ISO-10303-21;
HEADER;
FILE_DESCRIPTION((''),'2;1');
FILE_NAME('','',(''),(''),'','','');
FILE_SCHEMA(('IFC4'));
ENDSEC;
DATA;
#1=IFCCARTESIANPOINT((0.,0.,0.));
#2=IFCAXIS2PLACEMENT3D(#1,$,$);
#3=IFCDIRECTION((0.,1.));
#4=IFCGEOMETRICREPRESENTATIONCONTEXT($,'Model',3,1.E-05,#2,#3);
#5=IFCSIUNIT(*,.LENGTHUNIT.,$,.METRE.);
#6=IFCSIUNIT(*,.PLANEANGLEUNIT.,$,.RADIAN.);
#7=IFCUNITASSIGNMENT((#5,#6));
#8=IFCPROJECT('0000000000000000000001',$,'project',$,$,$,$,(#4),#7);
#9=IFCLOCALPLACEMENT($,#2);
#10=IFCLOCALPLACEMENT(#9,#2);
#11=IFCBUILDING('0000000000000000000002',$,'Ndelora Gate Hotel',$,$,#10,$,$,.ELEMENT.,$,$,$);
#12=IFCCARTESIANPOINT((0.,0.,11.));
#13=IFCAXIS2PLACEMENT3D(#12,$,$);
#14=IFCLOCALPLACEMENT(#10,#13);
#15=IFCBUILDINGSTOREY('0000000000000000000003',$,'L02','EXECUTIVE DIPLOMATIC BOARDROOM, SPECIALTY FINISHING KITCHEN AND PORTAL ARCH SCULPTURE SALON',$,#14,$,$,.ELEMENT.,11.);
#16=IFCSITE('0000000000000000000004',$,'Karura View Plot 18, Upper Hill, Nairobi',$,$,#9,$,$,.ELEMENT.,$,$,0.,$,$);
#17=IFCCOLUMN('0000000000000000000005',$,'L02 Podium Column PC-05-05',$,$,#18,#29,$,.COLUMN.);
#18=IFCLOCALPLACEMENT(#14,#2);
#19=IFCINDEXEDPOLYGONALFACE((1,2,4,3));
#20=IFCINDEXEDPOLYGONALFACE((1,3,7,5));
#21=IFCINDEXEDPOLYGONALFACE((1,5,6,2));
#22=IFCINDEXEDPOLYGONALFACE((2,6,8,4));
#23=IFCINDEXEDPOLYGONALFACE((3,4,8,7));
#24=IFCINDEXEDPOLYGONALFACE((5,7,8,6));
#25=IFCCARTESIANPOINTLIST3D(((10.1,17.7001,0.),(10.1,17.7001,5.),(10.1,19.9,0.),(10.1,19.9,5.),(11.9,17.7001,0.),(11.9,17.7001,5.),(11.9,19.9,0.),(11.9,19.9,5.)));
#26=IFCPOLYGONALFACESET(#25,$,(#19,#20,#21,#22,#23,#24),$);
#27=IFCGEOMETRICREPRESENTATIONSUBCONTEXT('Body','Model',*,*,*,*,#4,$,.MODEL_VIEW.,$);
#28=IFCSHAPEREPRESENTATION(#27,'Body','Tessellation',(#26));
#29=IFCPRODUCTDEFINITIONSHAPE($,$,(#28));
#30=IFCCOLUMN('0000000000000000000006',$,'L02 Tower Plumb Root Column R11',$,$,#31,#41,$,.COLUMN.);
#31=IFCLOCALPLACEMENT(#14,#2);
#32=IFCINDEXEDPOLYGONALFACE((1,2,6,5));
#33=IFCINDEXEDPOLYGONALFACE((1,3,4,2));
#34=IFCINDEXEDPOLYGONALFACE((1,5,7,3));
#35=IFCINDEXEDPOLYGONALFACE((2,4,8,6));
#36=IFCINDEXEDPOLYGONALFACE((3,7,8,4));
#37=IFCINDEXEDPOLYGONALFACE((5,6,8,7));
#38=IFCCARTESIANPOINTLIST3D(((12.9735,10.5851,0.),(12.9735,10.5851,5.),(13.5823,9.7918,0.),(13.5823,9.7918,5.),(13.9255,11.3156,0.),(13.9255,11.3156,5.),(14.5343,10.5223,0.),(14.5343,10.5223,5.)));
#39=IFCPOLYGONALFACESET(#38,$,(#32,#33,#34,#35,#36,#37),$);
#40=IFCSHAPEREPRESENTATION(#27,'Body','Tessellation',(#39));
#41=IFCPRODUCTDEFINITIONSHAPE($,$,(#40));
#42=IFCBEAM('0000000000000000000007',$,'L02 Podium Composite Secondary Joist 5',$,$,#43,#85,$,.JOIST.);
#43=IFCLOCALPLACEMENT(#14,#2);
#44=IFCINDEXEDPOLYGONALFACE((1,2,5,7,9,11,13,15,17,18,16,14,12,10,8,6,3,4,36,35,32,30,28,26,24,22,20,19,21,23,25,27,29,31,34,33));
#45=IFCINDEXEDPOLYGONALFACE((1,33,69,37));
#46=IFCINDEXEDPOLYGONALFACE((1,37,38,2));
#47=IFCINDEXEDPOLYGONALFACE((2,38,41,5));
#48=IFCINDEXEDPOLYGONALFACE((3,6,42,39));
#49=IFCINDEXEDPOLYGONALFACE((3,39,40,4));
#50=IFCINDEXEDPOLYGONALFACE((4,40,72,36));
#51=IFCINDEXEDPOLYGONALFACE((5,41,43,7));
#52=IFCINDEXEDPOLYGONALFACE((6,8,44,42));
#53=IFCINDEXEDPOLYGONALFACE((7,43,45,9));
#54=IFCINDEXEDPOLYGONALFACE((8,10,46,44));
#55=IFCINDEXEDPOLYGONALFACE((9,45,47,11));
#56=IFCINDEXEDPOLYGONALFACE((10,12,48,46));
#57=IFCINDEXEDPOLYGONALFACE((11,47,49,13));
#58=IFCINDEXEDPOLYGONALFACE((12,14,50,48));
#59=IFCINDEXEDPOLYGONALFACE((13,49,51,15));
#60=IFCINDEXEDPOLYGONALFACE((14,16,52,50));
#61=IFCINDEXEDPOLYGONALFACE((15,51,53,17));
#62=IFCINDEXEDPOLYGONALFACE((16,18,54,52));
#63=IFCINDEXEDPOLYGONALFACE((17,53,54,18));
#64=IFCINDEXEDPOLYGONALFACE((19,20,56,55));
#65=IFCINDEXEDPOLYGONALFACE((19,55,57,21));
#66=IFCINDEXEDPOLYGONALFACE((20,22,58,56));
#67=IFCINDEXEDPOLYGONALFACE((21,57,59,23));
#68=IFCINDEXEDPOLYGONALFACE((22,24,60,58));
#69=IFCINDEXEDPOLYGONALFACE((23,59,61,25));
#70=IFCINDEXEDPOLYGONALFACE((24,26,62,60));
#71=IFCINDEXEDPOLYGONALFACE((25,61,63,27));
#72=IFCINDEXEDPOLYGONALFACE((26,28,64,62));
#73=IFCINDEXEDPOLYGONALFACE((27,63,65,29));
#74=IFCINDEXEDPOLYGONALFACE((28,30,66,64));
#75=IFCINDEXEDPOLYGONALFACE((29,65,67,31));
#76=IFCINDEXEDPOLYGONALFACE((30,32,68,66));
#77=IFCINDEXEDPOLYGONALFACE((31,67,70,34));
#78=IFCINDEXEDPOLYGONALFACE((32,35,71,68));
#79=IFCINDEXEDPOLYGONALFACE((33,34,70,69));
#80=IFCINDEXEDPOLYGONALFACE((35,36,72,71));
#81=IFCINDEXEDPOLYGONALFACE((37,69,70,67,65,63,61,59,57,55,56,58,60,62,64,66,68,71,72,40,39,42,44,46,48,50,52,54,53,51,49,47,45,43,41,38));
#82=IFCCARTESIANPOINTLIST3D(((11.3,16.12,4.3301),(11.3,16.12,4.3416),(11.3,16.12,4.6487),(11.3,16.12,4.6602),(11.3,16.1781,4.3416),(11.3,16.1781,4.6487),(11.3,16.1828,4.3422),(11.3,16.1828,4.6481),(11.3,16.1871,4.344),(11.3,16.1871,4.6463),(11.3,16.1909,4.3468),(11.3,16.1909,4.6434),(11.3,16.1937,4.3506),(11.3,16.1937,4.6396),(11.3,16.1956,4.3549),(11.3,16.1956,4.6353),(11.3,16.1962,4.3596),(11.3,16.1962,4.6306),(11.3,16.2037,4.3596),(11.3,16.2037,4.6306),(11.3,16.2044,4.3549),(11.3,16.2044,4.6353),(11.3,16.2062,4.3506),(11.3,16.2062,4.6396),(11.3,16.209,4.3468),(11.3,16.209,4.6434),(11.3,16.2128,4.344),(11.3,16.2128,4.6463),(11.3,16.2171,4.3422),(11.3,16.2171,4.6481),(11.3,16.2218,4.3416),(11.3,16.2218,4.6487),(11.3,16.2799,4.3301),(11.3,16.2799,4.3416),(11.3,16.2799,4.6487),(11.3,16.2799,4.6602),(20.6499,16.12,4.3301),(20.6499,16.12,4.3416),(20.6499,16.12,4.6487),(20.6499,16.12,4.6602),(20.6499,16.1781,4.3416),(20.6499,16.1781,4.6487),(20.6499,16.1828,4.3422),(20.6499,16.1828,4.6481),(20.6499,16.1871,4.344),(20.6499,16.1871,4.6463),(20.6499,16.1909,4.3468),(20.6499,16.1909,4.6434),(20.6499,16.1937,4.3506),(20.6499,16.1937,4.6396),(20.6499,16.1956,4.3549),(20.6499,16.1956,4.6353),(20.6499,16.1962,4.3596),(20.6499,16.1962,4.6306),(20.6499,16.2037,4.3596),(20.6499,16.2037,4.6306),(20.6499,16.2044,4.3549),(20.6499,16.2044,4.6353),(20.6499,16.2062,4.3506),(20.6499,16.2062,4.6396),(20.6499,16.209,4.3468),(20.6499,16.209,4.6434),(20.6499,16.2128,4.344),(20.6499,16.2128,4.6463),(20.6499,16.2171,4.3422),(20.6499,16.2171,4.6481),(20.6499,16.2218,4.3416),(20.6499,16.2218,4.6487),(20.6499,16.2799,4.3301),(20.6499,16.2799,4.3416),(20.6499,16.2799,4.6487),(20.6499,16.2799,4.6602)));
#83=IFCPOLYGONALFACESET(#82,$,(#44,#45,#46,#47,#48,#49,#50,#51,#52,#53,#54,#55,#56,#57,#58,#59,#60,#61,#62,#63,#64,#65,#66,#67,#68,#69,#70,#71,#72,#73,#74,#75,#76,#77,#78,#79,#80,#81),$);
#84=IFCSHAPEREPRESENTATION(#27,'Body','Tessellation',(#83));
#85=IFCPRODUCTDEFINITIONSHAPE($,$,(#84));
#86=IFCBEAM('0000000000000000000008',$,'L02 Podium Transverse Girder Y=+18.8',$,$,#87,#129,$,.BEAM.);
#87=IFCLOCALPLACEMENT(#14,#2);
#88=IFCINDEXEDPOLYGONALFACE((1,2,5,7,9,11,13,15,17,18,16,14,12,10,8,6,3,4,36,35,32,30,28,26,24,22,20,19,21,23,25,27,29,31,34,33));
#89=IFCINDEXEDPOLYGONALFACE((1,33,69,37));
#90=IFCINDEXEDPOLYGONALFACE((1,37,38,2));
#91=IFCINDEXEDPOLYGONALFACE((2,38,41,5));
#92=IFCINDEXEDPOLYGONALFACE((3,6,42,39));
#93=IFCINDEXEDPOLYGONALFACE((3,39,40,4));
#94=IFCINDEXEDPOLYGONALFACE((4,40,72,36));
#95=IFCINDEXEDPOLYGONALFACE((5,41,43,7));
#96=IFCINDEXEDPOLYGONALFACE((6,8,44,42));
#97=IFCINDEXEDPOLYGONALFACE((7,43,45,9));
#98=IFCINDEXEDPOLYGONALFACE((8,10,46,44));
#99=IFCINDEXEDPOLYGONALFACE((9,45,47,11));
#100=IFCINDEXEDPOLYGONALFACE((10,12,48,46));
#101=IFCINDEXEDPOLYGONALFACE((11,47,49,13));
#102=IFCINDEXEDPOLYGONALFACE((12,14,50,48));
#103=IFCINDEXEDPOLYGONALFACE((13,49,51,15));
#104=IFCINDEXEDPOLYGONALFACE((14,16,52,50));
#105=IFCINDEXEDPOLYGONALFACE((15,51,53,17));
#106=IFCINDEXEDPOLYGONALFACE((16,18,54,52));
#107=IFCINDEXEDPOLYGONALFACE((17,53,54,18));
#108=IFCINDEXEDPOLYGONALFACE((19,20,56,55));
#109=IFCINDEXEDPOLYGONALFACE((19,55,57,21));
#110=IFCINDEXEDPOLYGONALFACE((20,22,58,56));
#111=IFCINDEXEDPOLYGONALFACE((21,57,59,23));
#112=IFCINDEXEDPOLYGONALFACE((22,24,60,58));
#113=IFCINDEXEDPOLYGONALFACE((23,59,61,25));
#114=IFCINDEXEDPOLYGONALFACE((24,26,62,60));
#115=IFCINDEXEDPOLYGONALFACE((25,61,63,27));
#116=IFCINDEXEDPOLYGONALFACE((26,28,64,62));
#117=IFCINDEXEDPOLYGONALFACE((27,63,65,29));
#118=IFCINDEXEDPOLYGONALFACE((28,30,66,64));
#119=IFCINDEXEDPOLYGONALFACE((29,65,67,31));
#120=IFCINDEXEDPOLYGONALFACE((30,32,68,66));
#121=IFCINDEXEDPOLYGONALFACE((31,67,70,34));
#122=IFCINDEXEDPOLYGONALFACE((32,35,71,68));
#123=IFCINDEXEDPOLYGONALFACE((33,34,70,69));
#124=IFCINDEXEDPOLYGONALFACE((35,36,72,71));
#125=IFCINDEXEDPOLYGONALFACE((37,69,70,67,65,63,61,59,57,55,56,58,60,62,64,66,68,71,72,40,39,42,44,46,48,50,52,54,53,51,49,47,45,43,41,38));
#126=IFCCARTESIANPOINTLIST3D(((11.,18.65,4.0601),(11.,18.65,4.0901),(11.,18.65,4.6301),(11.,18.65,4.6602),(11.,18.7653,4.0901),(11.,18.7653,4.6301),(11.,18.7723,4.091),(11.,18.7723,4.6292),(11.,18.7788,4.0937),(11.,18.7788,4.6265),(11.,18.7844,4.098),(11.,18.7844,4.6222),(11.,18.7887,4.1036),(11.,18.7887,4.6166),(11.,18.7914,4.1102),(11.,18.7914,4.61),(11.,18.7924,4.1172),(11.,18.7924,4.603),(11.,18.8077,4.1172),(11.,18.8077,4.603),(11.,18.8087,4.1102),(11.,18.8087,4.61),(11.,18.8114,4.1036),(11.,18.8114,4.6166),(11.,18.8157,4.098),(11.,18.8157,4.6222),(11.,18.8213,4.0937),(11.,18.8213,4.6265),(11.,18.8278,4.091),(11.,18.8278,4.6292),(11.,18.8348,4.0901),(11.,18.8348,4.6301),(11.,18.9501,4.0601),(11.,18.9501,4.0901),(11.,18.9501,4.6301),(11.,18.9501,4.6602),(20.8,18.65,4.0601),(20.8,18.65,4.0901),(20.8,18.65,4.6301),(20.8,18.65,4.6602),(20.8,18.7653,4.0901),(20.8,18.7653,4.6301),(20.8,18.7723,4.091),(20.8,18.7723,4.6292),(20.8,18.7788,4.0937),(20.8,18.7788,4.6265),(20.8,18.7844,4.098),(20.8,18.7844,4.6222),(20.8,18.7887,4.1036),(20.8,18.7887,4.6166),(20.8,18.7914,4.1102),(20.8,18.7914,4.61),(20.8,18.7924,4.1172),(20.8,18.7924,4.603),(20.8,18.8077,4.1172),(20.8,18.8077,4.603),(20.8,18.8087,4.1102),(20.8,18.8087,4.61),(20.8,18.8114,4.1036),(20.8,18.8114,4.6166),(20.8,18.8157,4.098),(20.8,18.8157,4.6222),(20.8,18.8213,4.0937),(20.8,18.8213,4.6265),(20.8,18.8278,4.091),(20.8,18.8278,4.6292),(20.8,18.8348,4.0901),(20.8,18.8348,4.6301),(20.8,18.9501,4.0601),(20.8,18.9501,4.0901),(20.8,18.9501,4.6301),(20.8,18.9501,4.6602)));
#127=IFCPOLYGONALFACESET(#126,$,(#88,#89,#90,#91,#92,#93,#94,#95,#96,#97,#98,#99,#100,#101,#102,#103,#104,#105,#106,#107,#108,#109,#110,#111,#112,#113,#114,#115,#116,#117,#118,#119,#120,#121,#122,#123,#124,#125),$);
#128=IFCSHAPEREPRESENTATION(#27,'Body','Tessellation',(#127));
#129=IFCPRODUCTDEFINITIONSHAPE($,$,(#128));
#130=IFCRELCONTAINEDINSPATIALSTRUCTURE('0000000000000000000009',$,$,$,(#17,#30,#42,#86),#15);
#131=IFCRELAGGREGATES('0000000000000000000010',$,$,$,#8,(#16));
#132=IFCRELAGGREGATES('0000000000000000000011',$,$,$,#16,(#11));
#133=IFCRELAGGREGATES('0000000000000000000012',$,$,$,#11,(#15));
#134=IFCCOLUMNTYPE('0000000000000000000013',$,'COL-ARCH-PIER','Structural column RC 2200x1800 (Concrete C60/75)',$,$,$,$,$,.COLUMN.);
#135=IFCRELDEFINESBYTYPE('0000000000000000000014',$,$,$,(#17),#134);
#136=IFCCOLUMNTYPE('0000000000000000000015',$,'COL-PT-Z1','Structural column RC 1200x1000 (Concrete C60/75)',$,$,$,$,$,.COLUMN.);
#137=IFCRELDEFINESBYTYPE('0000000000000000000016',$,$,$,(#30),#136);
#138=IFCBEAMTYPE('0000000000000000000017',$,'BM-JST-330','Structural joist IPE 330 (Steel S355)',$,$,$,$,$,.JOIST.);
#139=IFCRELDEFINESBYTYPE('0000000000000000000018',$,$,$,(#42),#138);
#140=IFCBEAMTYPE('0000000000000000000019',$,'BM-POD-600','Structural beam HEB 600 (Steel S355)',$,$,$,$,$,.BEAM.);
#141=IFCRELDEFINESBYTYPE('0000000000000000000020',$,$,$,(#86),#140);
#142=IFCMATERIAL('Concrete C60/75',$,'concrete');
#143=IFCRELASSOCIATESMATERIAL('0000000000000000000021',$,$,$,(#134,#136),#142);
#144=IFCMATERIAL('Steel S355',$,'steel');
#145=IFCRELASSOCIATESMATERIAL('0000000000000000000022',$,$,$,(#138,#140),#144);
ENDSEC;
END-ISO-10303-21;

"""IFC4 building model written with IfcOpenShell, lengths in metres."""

from ifc_helpers import new_model, si_unit, direction, frame, origin, origin_2d, place, context, subcontext, project, spatial, rectangle, i_section, extrude, material, material_profile, profile_set, type_object, element, save


model = new_model("IFC4")

# Units and contexts
model_context = context("Model", 3, precision=1e-05, world=origin(), true_north=direction((0.0, 1.0)))
body_context = subcontext(model_context, "Body", "Model", "MODEL_VIEW")
ifc_project = project(units=[si_unit("LENGTHUNIT", "METRE"), si_unit("PLANEANGLEUNIT", "RADIAN")], contexts=[model_context])

# Site, building, storey
site_placement = place(None, origin())
site = spatial("IfcSite", under=ifc_project, at=site_placement, Name="Karura View Plot 18, Upper Hill, Nairobi", CompositionType="ELEMENT", RefElevation=0.0)
building_placement = place(site_placement, origin())
building = spatial("IfcBuilding", under=site, at=building_placement, Name="Ndelora Gate Hotel", CompositionType="ELEMENT")
storey_placement = place(building_placement, frame((0.0, 0.0, 11.0)))
storey = spatial("IfcBuildingStorey", under=building, at=storey_placement, Name="L02", Description="EXECUTIVE DIPLOMATIC BOARDROOM, SPECIALTY FINISHING KITCHEN AND PORTAL ARCH SCULPTURE SALON", CompositionType="ELEMENT", Elevation=11.0)

# Columns
ifc_material_1 = material(Name="Concrete C60/75", Category="concrete")
ifc_material_profile_1 = material_profile(ifc_material_1, rectangle(XDim=1.8, YDim=2.2, at=origin_2d()), Name="RC 2200x1800")
ifc_profile_set_1 = profile_set([ifc_material_profile_1], Name="Concrete C60/75")
column_type_1 = type_object("IfcColumnType", Name="COL-ARCH-PIER", Description="Structural column RC 2200x1800 (Concrete C60/75)", PredefinedType="COLUMN", material=ifc_profile_set_1)
column_1_placement = place(storey_placement, frame((11.0, 18.8, 0.0), z_axis=(0.0, 0.0, 1.0), x_axis=(1.0, 0.0, 0.0)))
element("IfcColumn", 1, at=column_1_placement, inside=storey, type_object=column_type_1, Name="L02 Podium Column PC-05-05", PredefinedType="COLUMN", context=body_context, shape_type="SweptSolid", body=[
    extrude(rectangle(XDim=1.8, YDim=2.2, at=origin_2d()), origin(), (0.0, 0.0, 1.0), 5.0),
])
ifc_material_profile_2 = material_profile(ifc_material_1, rectangle(XDim=1.0, YDim=1.2, at=origin_2d()), Name="RC 1200x1000")
ifc_profile_set_2 = profile_set([ifc_material_profile_2], Name="Concrete C60/75")
column_type_2 = type_object("IfcColumnType", Name="COL-PT-Z1", Description="Structural column RC 1200x1000 (Concrete C60/75)", PredefinedType="COLUMN", material=ifc_profile_set_2)
column_2_placement = place(storey_placement, frame((13.7539, 10.5537, 0.0), z_axis=(0.0, 0.0, 1.0), x_axis=(-0.608761, 0.793353, 0.0)))
element("IfcColumn", 2, at=column_2_placement, inside=storey, type_object=column_type_2, Name="L02 Tower Plumb Root Column R11", PredefinedType="COLUMN", context=body_context, shape_type="SweptSolid", body=[
    extrude(rectangle(XDim=1.0, YDim=1.2, at=origin_2d()), origin(), (0.0, 0.0, 1.0), 5.0),
])

# Beams
ifc_material_2 = material(Name="Steel S355", Category="steel")
ifc_material_profile_3 = material_profile(ifc_material_2, i_section(OverallWidth=0.1599, OverallDepth=0.3301, WebThickness=0.0076, FlangeThickness=0.0115, FilletRadius=0.0181, at=origin_2d()), Name="IPE 330")
ifc_profile_set_3 = profile_set([ifc_material_profile_3], Name="Steel S355")
beam_type_1 = type_object("IfcBeamType", Name="BM-JST-330", Description="Structural joist IPE 330 (Steel S355)", PredefinedType="JOIST", material=ifc_profile_set_3)
beam_1_placement = place(storey_placement, frame((11.3, 16.2, 4.4951), z_axis=(1.0, 0.0, 0.0), x_axis=(0.0, 1.0, 0.0)))
element("IfcBeam", 3, at=beam_1_placement, inside=storey, type_object=beam_type_1, Name="L02 Podium Composite Secondary Joist 5", PredefinedType="JOIST", context=body_context, shape_type="SweptSolid", body=[
    extrude(i_section(OverallWidth=0.1599, OverallDepth=0.3301, WebThickness=0.0076, FlangeThickness=0.0115, FilletRadius=0.0181, at=origin_2d()), origin(), (0.0, 0.0, 1.0), 9.3499),
])
ifc_material_profile_4 = material_profile(ifc_material_2, i_section(OverallWidth=0.3, OverallDepth=0.6001, WebThickness=0.0154, FlangeThickness=0.03, FilletRadius=0.0271, at=origin_2d()), Name="HEB 600")
ifc_profile_set_4 = profile_set([ifc_material_profile_4], Name="Steel S355")
beam_type_2 = type_object("IfcBeamType", Name="BM-POD-600", Description="Structural beam HEB 600 (Steel S355)", PredefinedType="BEAM", material=ifc_profile_set_4)
beam_2_placement = place(storey_placement, frame((11.0, 18.8, 4.3601), z_axis=(1.0, 0.0, 0.0), x_axis=(0.0, 1.0, 0.0)))
element("IfcBeam", 4, at=beam_2_placement, inside=storey, type_object=beam_type_2, Name="L02 Podium Transverse Girder Y=+18.8", PredefinedType="BEAM", context=body_context, shape_type="SweptSolid", body=[
    extrude(i_section(OverallWidth=0.3, OverallDepth=0.6001, WebThickness=0.0154, FlangeThickness=0.03, FilletRadius=0.0271, at=origin_2d()), origin(), (0.0, 0.0, 1.0), 9.8),
])

save(model, "model.ifc")
